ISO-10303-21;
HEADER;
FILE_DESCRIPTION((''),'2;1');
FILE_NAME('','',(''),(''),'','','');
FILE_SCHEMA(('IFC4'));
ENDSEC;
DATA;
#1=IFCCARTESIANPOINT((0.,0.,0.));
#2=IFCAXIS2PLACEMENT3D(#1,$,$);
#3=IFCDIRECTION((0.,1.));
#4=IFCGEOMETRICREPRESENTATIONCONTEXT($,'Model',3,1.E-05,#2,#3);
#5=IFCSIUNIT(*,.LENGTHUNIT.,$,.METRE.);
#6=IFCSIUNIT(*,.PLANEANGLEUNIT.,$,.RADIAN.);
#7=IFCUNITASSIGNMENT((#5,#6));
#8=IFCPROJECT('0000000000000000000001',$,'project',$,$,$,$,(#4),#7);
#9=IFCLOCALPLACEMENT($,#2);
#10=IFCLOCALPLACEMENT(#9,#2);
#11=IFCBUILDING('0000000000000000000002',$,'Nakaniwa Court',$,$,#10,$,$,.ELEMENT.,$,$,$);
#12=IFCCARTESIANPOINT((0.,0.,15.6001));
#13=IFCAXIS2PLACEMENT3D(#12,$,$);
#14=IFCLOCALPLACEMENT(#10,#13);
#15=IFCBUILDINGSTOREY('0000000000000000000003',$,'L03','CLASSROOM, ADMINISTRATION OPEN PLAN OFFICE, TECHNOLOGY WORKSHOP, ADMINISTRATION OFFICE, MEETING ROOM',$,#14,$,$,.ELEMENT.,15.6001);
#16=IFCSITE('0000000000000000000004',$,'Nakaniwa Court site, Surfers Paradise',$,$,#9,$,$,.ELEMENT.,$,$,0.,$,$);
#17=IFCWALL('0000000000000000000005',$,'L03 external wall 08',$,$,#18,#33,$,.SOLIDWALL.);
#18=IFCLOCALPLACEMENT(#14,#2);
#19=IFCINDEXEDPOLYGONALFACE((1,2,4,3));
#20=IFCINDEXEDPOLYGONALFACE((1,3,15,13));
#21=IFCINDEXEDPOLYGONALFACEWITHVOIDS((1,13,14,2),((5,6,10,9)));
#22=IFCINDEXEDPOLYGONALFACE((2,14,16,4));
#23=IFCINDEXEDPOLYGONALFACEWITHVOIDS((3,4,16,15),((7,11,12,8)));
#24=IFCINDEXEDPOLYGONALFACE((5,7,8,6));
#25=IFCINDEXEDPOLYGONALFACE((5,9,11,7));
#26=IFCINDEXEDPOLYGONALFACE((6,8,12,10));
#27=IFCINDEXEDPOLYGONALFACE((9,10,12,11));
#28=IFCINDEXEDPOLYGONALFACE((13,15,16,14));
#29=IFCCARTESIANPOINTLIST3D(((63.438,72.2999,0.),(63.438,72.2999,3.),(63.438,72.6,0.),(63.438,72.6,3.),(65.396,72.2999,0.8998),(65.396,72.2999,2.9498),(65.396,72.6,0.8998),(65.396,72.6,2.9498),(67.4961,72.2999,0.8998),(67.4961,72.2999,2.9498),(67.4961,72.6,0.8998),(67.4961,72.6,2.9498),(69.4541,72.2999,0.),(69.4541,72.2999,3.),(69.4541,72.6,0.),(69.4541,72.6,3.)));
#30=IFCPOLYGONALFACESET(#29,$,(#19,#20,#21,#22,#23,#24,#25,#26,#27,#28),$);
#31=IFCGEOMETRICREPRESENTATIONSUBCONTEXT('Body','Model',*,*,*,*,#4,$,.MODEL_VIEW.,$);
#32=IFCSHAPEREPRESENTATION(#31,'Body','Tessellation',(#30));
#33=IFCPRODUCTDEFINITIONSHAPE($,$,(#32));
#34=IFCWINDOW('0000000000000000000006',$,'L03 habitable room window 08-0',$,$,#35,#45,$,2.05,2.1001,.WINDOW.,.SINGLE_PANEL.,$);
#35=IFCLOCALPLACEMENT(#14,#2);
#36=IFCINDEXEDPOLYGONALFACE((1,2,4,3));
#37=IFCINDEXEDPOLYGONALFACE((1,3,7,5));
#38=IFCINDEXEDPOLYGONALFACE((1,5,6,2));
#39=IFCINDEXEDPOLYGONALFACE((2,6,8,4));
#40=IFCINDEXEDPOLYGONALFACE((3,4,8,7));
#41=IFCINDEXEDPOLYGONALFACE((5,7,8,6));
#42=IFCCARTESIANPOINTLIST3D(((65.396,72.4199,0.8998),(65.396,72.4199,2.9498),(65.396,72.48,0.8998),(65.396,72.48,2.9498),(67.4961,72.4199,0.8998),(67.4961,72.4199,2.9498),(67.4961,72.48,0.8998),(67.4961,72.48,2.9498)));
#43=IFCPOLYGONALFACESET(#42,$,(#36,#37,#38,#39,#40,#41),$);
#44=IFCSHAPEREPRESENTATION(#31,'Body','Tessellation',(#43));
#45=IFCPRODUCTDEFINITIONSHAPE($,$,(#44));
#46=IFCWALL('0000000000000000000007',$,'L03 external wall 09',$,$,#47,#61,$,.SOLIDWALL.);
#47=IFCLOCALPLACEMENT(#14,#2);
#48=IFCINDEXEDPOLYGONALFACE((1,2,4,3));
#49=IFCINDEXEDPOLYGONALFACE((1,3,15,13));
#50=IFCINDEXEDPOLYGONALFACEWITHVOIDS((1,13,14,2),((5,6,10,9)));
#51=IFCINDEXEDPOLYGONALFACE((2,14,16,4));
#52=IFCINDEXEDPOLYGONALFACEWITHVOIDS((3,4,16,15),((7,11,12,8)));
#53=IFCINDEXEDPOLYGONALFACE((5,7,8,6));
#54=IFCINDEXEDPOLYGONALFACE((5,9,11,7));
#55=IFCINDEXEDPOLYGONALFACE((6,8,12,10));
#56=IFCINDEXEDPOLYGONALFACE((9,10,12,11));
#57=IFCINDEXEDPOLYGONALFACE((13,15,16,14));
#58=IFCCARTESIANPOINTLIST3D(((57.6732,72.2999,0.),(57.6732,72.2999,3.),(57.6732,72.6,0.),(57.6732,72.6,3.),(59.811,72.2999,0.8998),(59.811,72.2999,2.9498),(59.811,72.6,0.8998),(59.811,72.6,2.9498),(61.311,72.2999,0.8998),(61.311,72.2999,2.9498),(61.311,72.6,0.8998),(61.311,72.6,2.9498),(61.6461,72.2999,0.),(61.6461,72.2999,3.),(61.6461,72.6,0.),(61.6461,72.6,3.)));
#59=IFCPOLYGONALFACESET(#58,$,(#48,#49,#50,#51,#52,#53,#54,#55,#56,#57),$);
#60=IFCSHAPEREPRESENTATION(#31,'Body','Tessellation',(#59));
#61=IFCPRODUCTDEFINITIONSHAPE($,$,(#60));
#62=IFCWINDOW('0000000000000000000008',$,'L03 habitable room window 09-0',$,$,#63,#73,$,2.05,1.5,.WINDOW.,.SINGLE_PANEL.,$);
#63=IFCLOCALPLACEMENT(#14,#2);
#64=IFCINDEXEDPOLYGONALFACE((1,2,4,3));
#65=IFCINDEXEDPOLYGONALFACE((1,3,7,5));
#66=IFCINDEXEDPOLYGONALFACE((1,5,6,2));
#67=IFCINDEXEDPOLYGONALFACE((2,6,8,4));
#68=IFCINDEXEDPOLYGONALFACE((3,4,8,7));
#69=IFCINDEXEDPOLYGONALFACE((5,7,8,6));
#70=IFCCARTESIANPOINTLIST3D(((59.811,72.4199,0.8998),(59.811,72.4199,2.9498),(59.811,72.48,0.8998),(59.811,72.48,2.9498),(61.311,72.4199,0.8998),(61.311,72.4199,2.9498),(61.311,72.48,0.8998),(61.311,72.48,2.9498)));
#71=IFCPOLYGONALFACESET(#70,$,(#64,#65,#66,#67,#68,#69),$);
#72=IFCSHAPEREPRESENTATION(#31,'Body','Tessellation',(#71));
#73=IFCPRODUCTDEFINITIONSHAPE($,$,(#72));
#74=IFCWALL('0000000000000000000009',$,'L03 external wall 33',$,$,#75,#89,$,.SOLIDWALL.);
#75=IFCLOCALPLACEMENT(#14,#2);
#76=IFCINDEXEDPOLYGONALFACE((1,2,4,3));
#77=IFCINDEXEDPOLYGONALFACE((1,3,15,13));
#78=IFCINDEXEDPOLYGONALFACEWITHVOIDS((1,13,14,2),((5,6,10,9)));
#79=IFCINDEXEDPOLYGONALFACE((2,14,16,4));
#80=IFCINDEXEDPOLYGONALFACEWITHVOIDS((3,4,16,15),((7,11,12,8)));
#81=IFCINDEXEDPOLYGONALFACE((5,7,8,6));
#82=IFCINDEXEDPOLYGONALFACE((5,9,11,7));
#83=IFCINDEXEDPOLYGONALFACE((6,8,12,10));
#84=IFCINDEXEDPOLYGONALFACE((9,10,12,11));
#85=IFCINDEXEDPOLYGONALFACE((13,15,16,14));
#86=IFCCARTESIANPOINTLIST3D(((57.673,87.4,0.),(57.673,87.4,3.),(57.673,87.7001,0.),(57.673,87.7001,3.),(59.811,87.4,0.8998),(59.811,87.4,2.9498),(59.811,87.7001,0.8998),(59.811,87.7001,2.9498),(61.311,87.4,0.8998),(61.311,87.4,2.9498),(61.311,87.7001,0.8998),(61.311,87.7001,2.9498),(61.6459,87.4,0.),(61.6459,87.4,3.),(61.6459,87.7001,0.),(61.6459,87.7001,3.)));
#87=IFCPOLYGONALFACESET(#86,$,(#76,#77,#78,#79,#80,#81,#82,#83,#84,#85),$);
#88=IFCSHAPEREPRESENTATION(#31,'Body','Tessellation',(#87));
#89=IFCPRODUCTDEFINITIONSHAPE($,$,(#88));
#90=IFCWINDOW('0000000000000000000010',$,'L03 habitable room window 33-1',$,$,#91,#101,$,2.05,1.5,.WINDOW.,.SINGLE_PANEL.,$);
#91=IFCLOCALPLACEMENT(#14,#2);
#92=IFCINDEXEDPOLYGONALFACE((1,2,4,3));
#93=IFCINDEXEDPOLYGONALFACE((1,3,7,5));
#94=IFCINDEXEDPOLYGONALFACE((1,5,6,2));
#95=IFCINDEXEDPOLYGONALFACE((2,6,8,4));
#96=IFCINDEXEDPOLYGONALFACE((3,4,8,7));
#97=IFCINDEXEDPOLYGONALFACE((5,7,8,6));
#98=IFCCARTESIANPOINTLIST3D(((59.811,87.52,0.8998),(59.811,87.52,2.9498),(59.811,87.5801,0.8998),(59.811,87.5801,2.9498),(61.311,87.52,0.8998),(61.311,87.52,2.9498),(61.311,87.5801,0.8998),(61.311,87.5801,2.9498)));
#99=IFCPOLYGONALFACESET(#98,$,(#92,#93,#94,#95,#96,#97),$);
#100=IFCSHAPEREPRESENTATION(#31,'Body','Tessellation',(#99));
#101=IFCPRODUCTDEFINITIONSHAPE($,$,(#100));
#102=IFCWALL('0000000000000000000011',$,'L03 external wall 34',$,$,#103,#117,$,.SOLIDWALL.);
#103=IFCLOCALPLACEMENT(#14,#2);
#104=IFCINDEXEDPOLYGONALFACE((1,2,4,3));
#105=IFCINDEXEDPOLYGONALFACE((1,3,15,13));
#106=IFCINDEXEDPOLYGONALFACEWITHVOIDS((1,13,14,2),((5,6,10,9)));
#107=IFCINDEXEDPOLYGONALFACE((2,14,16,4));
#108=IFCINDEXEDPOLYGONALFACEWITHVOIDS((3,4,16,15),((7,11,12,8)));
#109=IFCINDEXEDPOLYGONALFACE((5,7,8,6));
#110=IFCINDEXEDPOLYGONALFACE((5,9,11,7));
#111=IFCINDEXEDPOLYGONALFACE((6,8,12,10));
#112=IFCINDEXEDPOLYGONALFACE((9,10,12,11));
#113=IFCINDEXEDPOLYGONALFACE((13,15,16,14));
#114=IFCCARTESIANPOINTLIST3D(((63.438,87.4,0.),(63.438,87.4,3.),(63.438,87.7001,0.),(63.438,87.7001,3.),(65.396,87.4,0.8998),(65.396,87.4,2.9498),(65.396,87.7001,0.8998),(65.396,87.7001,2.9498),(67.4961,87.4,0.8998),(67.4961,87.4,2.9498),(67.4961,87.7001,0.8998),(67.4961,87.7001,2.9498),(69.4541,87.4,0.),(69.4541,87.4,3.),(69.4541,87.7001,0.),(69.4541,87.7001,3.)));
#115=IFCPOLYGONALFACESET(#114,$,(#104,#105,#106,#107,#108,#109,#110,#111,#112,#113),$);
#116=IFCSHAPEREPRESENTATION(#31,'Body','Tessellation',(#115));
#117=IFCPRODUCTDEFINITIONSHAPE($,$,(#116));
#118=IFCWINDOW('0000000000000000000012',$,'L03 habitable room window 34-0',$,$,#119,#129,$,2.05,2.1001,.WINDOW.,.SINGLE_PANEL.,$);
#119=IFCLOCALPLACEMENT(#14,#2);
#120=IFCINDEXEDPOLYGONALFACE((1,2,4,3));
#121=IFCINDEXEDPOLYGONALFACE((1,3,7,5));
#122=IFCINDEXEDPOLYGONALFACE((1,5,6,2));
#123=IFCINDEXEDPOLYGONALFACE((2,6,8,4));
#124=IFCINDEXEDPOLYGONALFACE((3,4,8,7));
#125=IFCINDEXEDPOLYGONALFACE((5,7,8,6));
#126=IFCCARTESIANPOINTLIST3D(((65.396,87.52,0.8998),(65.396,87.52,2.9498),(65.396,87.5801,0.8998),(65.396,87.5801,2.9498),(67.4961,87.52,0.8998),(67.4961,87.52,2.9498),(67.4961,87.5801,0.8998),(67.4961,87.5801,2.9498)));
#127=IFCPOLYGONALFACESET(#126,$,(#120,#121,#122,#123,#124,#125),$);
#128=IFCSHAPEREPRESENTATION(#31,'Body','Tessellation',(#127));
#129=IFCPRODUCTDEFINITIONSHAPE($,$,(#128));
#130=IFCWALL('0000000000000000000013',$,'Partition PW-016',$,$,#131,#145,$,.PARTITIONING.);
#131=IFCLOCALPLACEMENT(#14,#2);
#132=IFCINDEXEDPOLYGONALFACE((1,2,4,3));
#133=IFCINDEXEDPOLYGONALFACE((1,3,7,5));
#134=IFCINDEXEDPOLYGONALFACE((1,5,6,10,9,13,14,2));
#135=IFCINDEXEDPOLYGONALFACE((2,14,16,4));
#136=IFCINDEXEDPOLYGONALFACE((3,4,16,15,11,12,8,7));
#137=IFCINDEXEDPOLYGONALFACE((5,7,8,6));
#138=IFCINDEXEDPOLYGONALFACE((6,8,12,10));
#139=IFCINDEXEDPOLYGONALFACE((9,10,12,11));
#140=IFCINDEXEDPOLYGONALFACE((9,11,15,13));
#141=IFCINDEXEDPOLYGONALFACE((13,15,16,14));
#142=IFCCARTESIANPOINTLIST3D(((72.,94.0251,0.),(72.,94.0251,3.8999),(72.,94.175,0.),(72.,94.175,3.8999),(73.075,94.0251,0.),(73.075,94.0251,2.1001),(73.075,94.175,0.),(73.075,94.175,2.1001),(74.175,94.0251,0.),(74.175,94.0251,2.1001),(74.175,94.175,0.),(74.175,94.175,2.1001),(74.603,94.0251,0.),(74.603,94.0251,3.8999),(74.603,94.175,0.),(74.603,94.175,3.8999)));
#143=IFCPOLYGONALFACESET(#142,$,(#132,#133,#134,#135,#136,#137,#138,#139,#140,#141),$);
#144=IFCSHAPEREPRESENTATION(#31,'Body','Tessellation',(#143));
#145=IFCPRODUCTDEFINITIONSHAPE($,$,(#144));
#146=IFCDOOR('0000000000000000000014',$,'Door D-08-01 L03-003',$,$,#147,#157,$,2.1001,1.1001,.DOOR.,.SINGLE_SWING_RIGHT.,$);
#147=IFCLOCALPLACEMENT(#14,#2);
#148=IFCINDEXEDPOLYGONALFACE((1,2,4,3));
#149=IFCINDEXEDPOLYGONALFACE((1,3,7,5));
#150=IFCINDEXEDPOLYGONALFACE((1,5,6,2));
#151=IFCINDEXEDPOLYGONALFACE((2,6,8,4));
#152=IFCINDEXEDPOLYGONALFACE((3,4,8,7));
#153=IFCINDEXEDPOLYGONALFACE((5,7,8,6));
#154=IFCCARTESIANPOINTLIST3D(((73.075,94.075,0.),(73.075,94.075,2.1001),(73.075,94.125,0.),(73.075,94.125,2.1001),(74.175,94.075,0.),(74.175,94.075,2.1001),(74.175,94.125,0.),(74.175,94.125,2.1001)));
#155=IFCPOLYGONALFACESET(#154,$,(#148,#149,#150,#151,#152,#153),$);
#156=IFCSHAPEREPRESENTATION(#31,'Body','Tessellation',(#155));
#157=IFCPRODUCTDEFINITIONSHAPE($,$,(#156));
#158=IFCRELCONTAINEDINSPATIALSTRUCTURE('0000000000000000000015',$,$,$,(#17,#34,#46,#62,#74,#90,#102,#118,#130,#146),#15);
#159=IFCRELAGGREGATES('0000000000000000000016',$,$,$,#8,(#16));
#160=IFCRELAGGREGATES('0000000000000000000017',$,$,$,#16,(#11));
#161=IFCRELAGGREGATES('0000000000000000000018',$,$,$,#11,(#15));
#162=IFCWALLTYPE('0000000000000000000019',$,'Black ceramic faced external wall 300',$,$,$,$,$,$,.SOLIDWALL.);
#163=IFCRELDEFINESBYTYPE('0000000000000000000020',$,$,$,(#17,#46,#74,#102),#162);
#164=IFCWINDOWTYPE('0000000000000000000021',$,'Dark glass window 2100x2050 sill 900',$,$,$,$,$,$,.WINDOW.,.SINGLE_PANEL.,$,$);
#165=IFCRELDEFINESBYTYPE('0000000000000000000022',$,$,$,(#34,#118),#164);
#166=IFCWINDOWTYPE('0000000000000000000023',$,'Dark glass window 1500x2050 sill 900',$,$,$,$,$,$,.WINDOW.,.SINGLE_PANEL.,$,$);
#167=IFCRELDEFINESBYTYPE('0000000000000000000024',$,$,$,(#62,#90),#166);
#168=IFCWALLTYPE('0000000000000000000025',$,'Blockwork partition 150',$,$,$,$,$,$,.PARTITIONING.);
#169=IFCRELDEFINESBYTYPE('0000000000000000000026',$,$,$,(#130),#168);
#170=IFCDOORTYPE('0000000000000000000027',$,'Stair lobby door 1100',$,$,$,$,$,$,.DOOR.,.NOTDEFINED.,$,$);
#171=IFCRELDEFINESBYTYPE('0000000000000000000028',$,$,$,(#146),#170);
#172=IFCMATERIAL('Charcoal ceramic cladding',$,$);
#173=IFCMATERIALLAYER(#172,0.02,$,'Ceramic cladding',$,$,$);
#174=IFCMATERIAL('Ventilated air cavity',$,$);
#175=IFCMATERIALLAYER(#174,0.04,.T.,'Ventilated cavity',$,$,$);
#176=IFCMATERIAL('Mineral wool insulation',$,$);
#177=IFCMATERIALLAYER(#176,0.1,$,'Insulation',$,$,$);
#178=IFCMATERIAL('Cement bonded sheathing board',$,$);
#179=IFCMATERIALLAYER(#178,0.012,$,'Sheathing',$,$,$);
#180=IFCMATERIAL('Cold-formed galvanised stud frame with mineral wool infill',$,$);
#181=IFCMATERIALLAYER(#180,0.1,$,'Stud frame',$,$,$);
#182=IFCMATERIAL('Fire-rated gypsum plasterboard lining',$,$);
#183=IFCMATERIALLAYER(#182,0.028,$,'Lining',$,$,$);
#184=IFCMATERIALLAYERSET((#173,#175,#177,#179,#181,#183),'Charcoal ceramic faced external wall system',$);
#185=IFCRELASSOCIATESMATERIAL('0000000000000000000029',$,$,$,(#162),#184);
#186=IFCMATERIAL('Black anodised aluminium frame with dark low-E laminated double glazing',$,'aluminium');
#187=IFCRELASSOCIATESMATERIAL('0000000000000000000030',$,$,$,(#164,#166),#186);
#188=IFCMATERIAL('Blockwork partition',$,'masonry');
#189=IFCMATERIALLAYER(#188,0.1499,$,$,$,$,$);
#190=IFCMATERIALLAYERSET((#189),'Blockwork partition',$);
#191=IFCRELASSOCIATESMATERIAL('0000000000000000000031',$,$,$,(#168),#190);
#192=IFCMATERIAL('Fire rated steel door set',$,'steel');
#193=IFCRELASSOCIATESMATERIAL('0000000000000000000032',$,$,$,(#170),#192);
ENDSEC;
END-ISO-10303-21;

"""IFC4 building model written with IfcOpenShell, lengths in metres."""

from ifc_helpers import new_model, si_unit, direction, frame, frame_2d, origin, place, context, subcontext, project, spatial, rectangle, extrude, material, layer, layer_set, type_object, element, fill, save


model = new_model("IFC4")

# Units and contexts
model_context = context("Model", 3, precision=1e-05, world=origin(), true_north=direction((0.0, 1.0)))
body_context = subcontext(model_context, "Body", "Model", "MODEL_VIEW")
ifc_project = project(units=[si_unit("LENGTHUNIT", "METRE"), si_unit("PLANEANGLEUNIT", "RADIAN")], contexts=[model_context])

# Site, building, storey
site_placement = place(None, origin())
site = spatial("IfcSite", under=ifc_project, at=site_placement, Name="Nakaniwa Court site, Surfers Paradise", CompositionType="ELEMENT", RefElevation=0.0)
building_placement = place(site_placement, origin())
building = spatial("IfcBuilding", under=site, at=building_placement, Name="Nakaniwa Court", CompositionType="ELEMENT")
storey_placement = place(building_placement, frame((0.0, 0.0, 15.6001)))
storey = spatial("IfcBuildingStorey", under=building, at=storey_placement, Name="L03", Description="CLASSROOM, ADMINISTRATION OPEN PLAN OFFICE, TECHNOLOGY WORKSHOP, ADMINISTRATION OFFICE, MEETING ROOM", CompositionType="ELEMENT", Elevation=15.6001)

# Walls, openings, windows
ifc_material_1 = material(Name="Charcoal ceramic cladding")
ifc_layer_1 = layer(ifc_material_1, 0.02, Name="Ceramic cladding")
ifc_material_2 = material(Name="Ventilated air cavity")
ifc_layer_2 = layer(ifc_material_2, 0.04, ventilated=True, Name="Ventilated cavity")
ifc_material_3 = material(Name="Mineral wool insulation")
ifc_layer_3 = layer(ifc_material_3, 0.1, Name="Insulation")
ifc_material_4 = material(Name="Cement bonded sheathing board")
ifc_layer_4 = layer(ifc_material_4, 0.012, Name="Sheathing")
ifc_material_5 = material(Name="Cold-formed galvanised stud frame with mineral wool infill")
ifc_layer_5 = layer(ifc_material_5, 0.1, Name="Stud frame")
ifc_material_6 = material(Name="Fire-rated gypsum plasterboard lining")
ifc_layer_6 = layer(ifc_material_6, 0.028, Name="Lining")
ifc_layer_set_1 = layer_set([ifc_layer_1, ifc_layer_2, ifc_layer_3, ifc_layer_4, ifc_layer_5, ifc_layer_6], Name="Charcoal ceramic faced external wall system")
wall_type_1 = type_object("IfcWallType", Name="Black ceramic faced external wall 300", PredefinedType="SOLIDWALL", material=ifc_layer_set_1)
wall_1_placement = place(storey_placement, frame((69.4541, 72.45, 0.0), z_axis=(0.0, 0.0, 1.0), x_axis=(-1.0, 0.0, 0.0)))
wall_1 = element("IfcWall", 1, at=wall_1_placement, inside=storey, type_object=wall_type_1, Name="L03 external wall 08", PredefinedType="SOLIDWALL", context=body_context, shape_type="SweptSolid", body=[
    extrude(rectangle(XDim=6.0161, YDim=0.3, at=frame_2d((3.0081, 0.0))), origin(), (0.0, 0.0, 1.0), 3.0),
])
opening_1_placement = place(wall_1_placement, frame((1.958, 0.0, 0.8999)))
opening_1 = element("IfcOpeningElement", 2, at=opening_1_placement, cuts=wall_1, PredefinedType="OPENING", context=body_context, shape_type="SweptSolid", body=[
    extrude(rectangle(XDim=2.1001, YDim=2.05, at=frame_2d((1.05, 1.0249))), frame((0.0, 0.1599, 0.0), z_axis=(0.0, -1.0, 0.0), x_axis=(1.0, 0.0, 0.0)), (0.0, 0.0, 1.0), 0.3201),
])
ifc_material_7 = material(Name="Black anodised aluminium frame with dark low-E laminated double glazing", Category="aluminium")
window_type_1 = type_object("IfcWindowType", Name="Dark glass window 2100x2050 sill 900", PartitioningType="SINGLE_PANEL", PredefinedType="WINDOW", material=ifc_material_7)
window_1_placement = place(opening_1_placement, origin())
window_1 = element("IfcWindow", 3, at=window_1_placement, inside=storey, type_object=window_type_1, Name="L03 habitable room window 08-0", OverallHeight=2.05, OverallWidth=2.1001, PartitioningType="SINGLE_PANEL", PredefinedType="WINDOW", context=body_context, shape_type="SweptSolid", body=[
    extrude(rectangle(XDim=2.1001, YDim=2.05, at=frame_2d((1.05, 1.0249))), frame((0.0, 0.03, 0.0), z_axis=(0.0, -1.0, 0.0), x_axis=(1.0, 0.0, 0.0)), (0.0, 0.0, 1.0), 0.0601),
])
fill(opening_1, window_1)
wall_2_placement = place(storey_placement, frame((61.646, 72.45, 0.0), z_axis=(0.0, 0.0, 1.0), x_axis=(-1.0, 0.0, 0.0)))
wall_2 = element("IfcWall", 4, at=wall_2_placement, inside=storey, type_object=wall_type_1, Name="L03 external wall 09", PredefinedType="SOLIDWALL", context=body_context, shape_type="SweptSolid", body=[
    extrude(rectangle(XDim=3.9729, YDim=0.3, at=frame_2d((1.9863, 0.0))), origin(), (0.0, 0.0, 1.0), 3.0),
])
opening_2_placement = place(wall_2_placement, frame((0.335, 0.0, 0.8999)))
opening_2 = element("IfcOpeningElement", 5, at=opening_2_placement, cuts=wall_2, PredefinedType="OPENING", context=body_context, shape_type="SweptSolid", body=[
    extrude(rectangle(XDim=1.5, YDim=2.05, at=frame_2d((0.75, 1.0249))), frame((0.0, 0.1599, 0.0), z_axis=(0.0, -1.0, 0.0), x_axis=(1.0, 0.0, 0.0)), (0.0, 0.0, 1.0), 0.3201),
])
window_type_2 = type_object("IfcWindowType", Name="Dark glass window 1500x2050 sill 900", PartitioningType="SINGLE_PANEL", PredefinedType="WINDOW", material=ifc_material_7)
window_2_placement = place(opening_2_placement, origin())
window_2 = element("IfcWindow", 6, at=window_2_placement, inside=storey, type_object=window_type_2, Name="L03 habitable room window 09-0", OverallHeight=2.05, OverallWidth=1.5, PartitioningType="SINGLE_PANEL", PredefinedType="WINDOW", context=body_context, shape_type="SweptSolid", body=[
    extrude(rectangle(XDim=1.5, YDim=2.05, at=frame_2d((0.75, 1.0249))), frame((0.0, 0.03, 0.0), z_axis=(0.0, -1.0, 0.0), x_axis=(1.0, 0.0, 0.0)), (0.0, 0.0, 1.0), 0.0601),
])
fill(opening_2, window_2)
wall_3_placement = place(storey_placement, frame((57.6731, 87.55, 0.0), z_axis=(0.0, 0.0, 1.0), x_axis=(1.0, 0.0, 0.0)))
wall_3 = element("IfcWall", 7, at=wall_3_placement, inside=storey, type_object=wall_type_1, Name="L03 external wall 33", PredefinedType="SOLIDWALL", context=body_context, shape_type="SweptSolid", body=[
    extrude(rectangle(XDim=3.9729, YDim=0.3, at=frame_2d((1.9863, 0.0))), origin(), (0.0, 0.0, 1.0), 3.0),
])
opening_3_placement = place(wall_3_placement, frame((2.1379, 0.0, 0.8999)))
opening_3 = element("IfcOpeningElement", 8, at=opening_3_placement, cuts=wall_3, PredefinedType="OPENING", context=body_context, shape_type="SweptSolid", body=[
    extrude(rectangle(XDim=1.5, YDim=2.05, at=frame_2d((0.75, 1.0249))), frame((0.0, 0.1599, 0.0), z_axis=(0.0, -1.0, 0.0), x_axis=(1.0, 0.0, 0.0)), (0.0, 0.0, 1.0), 0.3201),
])
window_3_placement = place(opening_3_placement, origin())
window_3 = element("IfcWindow", 9, at=window_3_placement, inside=storey, type_object=window_type_2, Name="L03 habitable room window 33-1", OverallHeight=2.05, OverallWidth=1.5, PartitioningType="SINGLE_PANEL", PredefinedType="WINDOW", context=body_context, shape_type="SweptSolid", body=[
    extrude(rectangle(XDim=1.5, YDim=2.05, at=frame_2d((0.75, 1.0249))), frame((0.0, 0.03, 0.0), z_axis=(0.0, -1.0, 0.0), x_axis=(1.0, 0.0, 0.0)), (0.0, 0.0, 1.0), 0.0601),
])
fill(opening_3, window_3)
wall_4_placement = place(storey_placement, frame((63.438, 87.55, 0.0), z_axis=(0.0, 0.0, 1.0), x_axis=(1.0, 0.0, 0.0)))
wall_4 = element("IfcWall", 10, at=wall_4_placement, inside=storey, type_object=wall_type_1, Name="L03 external wall 34", PredefinedType="SOLIDWALL", context=body_context, shape_type="SweptSolid", body=[
    extrude(rectangle(XDim=6.0161, YDim=0.3, at=frame_2d((3.0081, 0.0))), origin(), (0.0, 0.0, 1.0), 3.0),
])
opening_4_placement = place(wall_4_placement, frame((1.958, 0.0, 0.8999)))
opening_4 = element("IfcOpeningElement", 11, at=opening_4_placement, cuts=wall_4, PredefinedType="OPENING", context=body_context, shape_type="SweptSolid", body=[
    extrude(rectangle(XDim=2.1001, YDim=2.05, at=frame_2d((1.05, 1.0249))), frame((0.0, 0.1599, 0.0), z_axis=(0.0, -1.0, 0.0), x_axis=(1.0, 0.0, 0.0)), (0.0, 0.0, 1.0), 0.3201),
])
window_4_placement = place(opening_4_placement, origin())
window_4 = element("IfcWindow", 12, at=window_4_placement, inside=storey, type_object=window_type_1, Name="L03 habitable room window 34-0", OverallHeight=2.05, OverallWidth=2.1001, PartitioningType="SINGLE_PANEL", PredefinedType="WINDOW", context=body_context, shape_type="SweptSolid", body=[
    extrude(rectangle(XDim=2.1001, YDim=2.05, at=frame_2d((1.05, 1.0249))), frame((0.0, 0.03, 0.0), z_axis=(0.0, -1.0, 0.0), x_axis=(1.0, 0.0, 0.0)), (0.0, 0.0, 1.0), 0.0601),
])
fill(opening_4, window_4)

# Wall, opening, door
ifc_material_8 = material(Name="Blockwork partition", Category="masonry")
ifc_layer_7 = layer(ifc_material_8, 0.1499)
ifc_layer_set_2 = layer_set([ifc_layer_7], Name="Blockwork partition")
wall_type_2 = type_object("IfcWallType", Name="Blockwork partition 150", PredefinedType="PARTITIONING", material=ifc_layer_set_2)
wall_5_placement = place(storey_placement, frame((72.0, 94.1001, 0.0), z_axis=(0.0, 0.0, 1.0), x_axis=(1.0, 0.0, 0.0)))
wall_5 = element("IfcWall", 13, at=wall_5_placement, inside=storey, type_object=wall_type_2, Name="Partition PW-016", PredefinedType="PARTITIONING", context=body_context, shape_type="SweptSolid", body=[
    extrude(rectangle(XDim=2.603, YDim=0.1499, at=frame_2d((1.3015, 0.0))), origin(), (0.0, 0.0, 1.0), 3.8999),
])
opening_5_placement = place(wall_5_placement, frame((1.075, 0.0, 0.0)))
opening_5 = element("IfcOpeningElement", 14, at=opening_5_placement, cuts=wall_5, PredefinedType="OPENING", context=body_context, shape_type="SweptSolid", body=[
    extrude(rectangle(XDim=1.1001, YDim=2.1001, at=frame_2d((0.55, 1.05))), frame((0.0, 0.085, 0.0), z_axis=(0.0, -1.0, 0.0), x_axis=(1.0, 0.0, 0.0)), (0.0, 0.0, 1.0), 0.1699),
])
ifc_material_9 = material(Name="Fire rated steel door set", Category="steel")
door_type_1 = type_object("IfcDoorType", Name="Stair lobby door 1100", OperationType="NOTDEFINED", PredefinedType="DOOR", material=ifc_material_9)
door_1_placement = place(opening_5_placement, origin())
door_1 = element("IfcDoor", 15, at=door_1_placement, inside=storey, type_object=door_type_1, Name="Door D-08-01 L03-003", OperationType="SINGLE_SWING_RIGHT", OverallHeight=2.1001, OverallWidth=1.1001, PredefinedType="DOOR", context=body_context, shape_type="SweptSolid", body=[
    extrude(rectangle(XDim=1.1001, YDim=2.1001, at=frame_2d((0.55, 1.05))), frame((0.0, 0.0249, 0.0), z_axis=(0.0, -1.0, 0.0), x_axis=(1.0, 0.0, 0.0)), (0.0, 0.0, 1.0), 0.05),
])
fill(opening_5, door_1)

save(model, "model.ifc")
